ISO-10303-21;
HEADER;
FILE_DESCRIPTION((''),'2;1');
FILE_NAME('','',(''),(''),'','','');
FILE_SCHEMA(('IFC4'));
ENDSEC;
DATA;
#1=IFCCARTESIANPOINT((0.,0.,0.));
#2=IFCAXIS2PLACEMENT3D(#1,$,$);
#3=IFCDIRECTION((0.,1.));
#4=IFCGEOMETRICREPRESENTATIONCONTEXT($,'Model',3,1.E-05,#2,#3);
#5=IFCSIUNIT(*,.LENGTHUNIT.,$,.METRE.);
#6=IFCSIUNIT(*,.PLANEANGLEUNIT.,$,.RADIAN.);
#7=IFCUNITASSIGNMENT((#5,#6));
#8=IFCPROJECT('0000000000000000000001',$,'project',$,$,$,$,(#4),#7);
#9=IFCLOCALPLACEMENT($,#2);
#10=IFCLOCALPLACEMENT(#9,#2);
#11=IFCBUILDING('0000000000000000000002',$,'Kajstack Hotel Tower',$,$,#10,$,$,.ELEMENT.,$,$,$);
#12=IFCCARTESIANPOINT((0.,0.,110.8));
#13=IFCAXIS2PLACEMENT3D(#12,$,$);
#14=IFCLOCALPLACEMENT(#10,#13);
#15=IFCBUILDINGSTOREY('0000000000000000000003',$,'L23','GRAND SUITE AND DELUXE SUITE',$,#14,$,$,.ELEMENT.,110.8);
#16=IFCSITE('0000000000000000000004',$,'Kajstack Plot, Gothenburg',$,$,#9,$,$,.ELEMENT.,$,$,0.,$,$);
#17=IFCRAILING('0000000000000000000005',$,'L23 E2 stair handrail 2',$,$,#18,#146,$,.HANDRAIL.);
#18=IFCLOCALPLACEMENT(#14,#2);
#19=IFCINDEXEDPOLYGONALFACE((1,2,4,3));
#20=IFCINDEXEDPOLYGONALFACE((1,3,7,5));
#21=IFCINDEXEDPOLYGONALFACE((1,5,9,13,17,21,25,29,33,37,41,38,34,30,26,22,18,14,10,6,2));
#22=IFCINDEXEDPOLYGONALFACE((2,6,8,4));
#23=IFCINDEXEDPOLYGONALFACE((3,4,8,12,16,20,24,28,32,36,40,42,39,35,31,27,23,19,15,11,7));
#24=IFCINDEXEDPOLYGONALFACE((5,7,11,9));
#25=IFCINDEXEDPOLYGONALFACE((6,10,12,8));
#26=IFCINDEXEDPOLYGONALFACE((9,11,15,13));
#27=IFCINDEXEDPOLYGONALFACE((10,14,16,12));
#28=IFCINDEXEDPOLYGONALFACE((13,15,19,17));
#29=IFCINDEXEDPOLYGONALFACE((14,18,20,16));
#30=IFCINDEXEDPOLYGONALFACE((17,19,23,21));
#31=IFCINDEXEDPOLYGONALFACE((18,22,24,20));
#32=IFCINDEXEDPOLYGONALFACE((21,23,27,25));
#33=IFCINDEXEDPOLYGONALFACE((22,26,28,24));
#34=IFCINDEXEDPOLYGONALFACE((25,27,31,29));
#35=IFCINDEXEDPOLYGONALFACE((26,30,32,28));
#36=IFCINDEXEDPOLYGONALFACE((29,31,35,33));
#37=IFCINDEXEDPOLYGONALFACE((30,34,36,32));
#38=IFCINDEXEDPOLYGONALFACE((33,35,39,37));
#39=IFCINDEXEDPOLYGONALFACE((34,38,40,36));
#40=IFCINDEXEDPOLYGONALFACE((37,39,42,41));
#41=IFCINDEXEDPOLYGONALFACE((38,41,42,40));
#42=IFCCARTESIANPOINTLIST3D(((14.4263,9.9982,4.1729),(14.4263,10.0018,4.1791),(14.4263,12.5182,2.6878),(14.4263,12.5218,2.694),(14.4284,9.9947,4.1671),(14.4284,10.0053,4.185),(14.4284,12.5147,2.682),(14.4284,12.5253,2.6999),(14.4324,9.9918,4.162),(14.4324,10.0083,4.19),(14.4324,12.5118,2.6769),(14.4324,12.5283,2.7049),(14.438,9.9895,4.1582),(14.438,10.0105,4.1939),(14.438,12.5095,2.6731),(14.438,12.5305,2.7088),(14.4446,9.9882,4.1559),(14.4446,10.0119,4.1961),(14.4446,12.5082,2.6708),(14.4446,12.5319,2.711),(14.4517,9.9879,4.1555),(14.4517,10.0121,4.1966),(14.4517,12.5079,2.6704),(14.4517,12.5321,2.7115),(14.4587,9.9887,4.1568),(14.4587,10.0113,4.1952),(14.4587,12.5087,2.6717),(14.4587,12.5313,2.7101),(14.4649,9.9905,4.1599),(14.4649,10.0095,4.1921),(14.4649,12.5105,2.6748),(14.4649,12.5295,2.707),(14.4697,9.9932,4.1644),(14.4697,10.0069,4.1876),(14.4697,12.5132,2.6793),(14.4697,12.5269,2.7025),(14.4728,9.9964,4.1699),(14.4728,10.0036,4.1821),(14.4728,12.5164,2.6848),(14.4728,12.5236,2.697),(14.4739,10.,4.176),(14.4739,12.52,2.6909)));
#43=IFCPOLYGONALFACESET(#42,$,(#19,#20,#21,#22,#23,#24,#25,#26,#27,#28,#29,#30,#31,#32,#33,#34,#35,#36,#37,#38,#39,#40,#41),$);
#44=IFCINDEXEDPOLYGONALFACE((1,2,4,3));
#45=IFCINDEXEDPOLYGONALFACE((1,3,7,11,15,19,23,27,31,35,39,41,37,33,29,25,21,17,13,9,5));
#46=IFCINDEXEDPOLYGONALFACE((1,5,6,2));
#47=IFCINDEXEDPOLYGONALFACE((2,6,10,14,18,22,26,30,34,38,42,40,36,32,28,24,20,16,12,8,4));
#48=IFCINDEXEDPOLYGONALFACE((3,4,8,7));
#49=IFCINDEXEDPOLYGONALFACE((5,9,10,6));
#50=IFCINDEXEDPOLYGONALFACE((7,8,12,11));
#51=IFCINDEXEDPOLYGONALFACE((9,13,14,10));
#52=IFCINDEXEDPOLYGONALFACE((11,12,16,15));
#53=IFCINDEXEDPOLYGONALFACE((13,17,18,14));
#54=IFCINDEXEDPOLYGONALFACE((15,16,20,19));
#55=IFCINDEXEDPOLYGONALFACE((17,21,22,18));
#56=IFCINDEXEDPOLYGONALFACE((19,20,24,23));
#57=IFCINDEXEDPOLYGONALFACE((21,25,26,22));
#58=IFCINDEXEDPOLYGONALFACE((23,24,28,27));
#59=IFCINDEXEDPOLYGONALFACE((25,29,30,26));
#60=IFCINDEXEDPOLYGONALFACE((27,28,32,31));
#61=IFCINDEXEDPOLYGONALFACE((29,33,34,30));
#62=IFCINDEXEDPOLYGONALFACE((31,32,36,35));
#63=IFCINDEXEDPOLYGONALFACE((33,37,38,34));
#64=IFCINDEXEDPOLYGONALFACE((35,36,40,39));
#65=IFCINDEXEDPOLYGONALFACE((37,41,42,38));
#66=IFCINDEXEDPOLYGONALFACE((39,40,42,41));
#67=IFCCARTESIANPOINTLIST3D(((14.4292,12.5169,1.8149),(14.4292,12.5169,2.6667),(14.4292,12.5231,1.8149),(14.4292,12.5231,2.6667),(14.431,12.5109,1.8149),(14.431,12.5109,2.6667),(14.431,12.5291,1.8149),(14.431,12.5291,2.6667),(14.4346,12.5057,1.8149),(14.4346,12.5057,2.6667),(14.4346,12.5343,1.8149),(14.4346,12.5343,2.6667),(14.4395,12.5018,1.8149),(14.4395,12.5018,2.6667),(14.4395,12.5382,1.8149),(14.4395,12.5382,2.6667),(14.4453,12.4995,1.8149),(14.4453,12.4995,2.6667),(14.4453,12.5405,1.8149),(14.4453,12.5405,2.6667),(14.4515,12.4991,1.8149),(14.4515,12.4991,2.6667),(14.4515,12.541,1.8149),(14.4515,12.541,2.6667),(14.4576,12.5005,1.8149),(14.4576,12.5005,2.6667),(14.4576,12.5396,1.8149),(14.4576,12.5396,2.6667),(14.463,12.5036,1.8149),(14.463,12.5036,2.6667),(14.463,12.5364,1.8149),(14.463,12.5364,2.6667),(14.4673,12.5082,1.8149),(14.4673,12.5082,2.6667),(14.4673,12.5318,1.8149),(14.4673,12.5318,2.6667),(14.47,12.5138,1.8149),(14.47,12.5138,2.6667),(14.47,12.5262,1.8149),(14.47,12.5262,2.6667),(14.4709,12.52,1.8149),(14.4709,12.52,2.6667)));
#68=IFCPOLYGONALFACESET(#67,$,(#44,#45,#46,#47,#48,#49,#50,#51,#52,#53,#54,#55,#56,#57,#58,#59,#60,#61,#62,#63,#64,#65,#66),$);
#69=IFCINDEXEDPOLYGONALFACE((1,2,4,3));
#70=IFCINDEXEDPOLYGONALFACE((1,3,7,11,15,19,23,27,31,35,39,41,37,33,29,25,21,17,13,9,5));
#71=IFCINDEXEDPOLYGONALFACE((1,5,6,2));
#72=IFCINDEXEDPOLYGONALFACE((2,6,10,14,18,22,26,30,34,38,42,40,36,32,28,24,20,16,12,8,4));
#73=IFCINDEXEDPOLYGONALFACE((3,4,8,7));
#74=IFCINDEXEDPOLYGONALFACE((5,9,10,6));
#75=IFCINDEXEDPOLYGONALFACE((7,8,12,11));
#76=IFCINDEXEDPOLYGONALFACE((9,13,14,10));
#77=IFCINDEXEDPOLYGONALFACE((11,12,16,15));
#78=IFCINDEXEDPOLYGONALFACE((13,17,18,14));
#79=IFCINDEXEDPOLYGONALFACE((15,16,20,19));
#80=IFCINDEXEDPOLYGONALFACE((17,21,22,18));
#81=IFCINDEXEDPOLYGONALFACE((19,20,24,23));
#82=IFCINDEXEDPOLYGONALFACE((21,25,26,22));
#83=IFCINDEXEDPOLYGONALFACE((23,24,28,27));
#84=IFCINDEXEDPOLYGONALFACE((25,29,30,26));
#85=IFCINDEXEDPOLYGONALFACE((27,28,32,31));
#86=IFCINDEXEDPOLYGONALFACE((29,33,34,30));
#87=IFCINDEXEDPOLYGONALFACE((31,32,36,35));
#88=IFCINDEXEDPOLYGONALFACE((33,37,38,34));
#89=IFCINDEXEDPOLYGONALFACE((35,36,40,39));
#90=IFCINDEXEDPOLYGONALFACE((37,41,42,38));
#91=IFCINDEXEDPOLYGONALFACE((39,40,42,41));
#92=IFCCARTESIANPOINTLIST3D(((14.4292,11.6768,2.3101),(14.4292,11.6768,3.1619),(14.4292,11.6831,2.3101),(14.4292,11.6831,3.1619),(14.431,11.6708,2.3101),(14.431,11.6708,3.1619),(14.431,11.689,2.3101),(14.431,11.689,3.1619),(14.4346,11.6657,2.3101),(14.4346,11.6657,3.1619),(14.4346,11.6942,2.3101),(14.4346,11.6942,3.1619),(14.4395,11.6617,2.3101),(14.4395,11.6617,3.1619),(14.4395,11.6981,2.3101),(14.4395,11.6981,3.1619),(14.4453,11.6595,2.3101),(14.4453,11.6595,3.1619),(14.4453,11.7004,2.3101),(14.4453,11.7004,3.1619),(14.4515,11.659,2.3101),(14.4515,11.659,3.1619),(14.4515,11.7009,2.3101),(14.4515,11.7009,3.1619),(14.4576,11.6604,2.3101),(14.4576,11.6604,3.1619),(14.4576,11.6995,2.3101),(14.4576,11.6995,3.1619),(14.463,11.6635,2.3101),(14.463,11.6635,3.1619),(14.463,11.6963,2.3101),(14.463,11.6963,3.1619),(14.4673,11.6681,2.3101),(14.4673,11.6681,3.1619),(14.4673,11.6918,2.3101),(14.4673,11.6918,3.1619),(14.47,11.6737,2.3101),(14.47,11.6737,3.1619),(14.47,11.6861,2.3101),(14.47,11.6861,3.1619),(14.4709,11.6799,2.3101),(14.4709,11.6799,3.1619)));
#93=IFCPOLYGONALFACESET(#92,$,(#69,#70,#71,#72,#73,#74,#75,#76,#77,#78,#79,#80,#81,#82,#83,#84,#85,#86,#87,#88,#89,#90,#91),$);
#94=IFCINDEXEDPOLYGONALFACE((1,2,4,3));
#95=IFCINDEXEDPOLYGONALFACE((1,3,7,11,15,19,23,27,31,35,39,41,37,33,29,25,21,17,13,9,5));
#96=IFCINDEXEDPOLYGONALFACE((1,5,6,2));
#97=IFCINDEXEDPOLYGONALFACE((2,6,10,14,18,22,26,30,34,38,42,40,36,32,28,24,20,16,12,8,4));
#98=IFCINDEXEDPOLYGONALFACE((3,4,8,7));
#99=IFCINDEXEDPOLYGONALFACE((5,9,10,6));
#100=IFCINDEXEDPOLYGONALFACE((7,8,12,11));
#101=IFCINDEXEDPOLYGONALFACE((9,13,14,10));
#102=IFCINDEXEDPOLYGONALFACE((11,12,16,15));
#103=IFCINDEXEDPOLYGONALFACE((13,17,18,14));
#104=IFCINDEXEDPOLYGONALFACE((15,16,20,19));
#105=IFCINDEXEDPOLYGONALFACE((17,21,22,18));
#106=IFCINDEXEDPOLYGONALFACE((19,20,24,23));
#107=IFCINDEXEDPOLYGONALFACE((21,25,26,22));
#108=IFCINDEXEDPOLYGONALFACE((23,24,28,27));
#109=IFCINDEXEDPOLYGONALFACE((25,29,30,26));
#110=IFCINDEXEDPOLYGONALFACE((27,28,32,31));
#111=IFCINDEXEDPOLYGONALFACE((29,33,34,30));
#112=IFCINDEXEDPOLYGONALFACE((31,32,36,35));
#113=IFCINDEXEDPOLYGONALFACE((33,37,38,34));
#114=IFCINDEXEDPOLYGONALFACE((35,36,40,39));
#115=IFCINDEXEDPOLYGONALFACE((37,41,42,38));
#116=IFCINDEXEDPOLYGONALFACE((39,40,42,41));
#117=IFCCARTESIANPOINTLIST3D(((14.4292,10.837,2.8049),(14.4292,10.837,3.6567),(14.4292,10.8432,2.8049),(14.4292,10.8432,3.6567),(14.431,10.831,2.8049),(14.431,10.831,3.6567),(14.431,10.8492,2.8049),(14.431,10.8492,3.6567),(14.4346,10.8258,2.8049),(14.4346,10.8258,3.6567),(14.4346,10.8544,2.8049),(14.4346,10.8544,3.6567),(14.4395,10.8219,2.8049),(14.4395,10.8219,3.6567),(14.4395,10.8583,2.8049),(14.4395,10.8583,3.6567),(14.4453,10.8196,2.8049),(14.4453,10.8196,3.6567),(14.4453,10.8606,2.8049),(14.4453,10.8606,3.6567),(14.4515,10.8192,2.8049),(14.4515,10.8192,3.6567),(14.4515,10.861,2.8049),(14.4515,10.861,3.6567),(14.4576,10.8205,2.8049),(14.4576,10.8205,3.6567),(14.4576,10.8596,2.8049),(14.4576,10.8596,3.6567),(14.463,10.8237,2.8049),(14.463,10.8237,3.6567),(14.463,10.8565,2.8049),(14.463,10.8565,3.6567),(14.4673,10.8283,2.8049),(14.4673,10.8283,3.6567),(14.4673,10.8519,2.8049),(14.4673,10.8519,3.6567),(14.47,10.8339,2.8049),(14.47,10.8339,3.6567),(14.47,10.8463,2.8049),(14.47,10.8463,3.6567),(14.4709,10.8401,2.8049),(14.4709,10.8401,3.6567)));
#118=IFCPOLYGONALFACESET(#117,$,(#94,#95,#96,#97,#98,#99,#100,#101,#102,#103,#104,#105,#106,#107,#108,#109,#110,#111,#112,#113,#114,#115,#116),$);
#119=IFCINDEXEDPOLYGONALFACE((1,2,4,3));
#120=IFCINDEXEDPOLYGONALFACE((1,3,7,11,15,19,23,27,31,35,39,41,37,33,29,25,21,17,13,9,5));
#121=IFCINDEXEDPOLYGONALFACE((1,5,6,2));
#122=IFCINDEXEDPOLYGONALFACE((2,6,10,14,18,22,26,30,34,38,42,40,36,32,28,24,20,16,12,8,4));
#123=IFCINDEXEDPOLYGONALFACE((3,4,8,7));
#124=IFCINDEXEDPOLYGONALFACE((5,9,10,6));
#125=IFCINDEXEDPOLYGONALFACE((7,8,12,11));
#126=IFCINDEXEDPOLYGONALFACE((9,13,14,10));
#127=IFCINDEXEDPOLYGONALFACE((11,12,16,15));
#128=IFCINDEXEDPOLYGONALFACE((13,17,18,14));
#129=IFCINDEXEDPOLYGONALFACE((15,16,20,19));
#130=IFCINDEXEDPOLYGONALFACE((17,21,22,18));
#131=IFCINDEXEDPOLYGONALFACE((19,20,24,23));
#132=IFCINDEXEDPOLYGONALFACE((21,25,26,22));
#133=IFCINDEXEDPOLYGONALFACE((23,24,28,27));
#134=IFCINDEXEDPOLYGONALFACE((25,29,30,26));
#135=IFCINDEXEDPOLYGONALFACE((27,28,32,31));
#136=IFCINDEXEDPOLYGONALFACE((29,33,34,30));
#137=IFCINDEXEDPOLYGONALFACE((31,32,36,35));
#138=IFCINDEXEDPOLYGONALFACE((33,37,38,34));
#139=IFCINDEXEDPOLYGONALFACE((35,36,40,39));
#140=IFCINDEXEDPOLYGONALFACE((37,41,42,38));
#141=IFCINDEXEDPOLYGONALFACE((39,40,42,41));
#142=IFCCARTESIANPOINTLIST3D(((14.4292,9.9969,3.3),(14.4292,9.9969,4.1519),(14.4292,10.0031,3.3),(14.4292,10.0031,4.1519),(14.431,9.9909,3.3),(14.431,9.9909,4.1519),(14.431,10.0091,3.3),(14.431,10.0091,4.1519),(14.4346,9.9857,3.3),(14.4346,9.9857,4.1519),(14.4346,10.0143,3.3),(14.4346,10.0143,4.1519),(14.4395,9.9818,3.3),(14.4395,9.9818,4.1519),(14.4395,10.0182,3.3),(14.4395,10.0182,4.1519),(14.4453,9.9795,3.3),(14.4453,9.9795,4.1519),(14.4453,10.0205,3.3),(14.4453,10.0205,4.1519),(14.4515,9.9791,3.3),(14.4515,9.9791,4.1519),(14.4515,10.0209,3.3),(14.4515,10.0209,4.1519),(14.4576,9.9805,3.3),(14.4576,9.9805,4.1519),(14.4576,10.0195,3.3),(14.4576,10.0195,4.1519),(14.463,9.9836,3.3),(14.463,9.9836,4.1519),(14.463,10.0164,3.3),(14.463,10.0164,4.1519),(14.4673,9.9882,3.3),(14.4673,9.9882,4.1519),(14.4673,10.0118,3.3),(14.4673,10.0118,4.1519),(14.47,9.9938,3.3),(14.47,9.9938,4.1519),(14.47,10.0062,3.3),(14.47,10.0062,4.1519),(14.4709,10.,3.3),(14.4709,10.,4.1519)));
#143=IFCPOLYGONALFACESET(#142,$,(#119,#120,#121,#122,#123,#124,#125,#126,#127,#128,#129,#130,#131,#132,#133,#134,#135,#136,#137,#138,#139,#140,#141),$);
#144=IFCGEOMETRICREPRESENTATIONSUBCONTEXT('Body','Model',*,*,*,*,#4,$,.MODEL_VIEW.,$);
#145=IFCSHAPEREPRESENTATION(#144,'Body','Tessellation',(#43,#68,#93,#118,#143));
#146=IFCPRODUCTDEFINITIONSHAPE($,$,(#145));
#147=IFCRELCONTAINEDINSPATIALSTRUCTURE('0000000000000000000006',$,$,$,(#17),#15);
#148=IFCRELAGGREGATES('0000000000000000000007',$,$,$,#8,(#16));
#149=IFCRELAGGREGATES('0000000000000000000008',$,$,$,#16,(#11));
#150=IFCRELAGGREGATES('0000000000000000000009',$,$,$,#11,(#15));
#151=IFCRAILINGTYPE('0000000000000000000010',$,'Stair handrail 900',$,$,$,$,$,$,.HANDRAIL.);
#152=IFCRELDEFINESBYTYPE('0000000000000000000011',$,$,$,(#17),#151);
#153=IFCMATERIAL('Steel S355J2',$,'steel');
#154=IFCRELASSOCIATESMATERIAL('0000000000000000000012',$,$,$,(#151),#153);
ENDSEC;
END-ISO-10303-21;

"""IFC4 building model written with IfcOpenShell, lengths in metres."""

from ifc_helpers import new_model, si_unit, direction, frame, origin, origin_2d, place, context, subcontext, project, spatial, circle, extrude, material, type_object, element, save


model = new_model("IFC4")

# Units and contexts
model_context = context("Model", 3, precision=1e-05, world=origin(), true_north=direction((0.0, 1.0)))
body_context = subcontext(model_context, "Body", "Model", "MODEL_VIEW")
ifc_project = project(units=[si_unit("LENGTHUNIT", "METRE"), si_unit("PLANEANGLEUNIT", "RADIAN")], contexts=[model_context])

# Site, building, storey
site_placement = place(None, origin())
site = spatial("IfcSite", under=ifc_project, at=site_placement, Name="Kajstack Plot, Gothenburg", CompositionType="ELEMENT", RefElevation=0.0)
building_placement = place(site_placement, origin())
building = spatial("IfcBuilding", under=site, at=building_placement, Name="Kajstack Hotel Tower", CompositionType="ELEMENT")
storey_placement = place(building_placement, frame((0.0, 0.0, 110.8)))
storey = spatial("IfcBuildingStorey", under=building, at=storey_placement, Name="L23", Description="GRAND SUITE AND DELUXE SUITE", CompositionType="ELEMENT", Elevation=110.8)

# Railing
ifc_material_1 = material(Name="Steel S355J2", Category="steel")
railing_type_1 = type_object("IfcRailingType", Name="Stair handrail 900", PredefinedType="HANDRAIL", material=ifc_material_1)
railing_1_placement = place(storey_placement, frame((14.45, 12.52, 1.8149)))
element("IfcRailing", 1, at=railing_1_placement, inside=storey, type_object=railing_type_1, Name="L23 E2 stair handrail 2", PredefinedType="HANDRAIL", context=body_context, shape_type="SweptSolid", body=[
    extrude(circle(Radius=0.0239, at=origin_2d()), frame((0.0, 0.0, 0.876), z_axis=(0.0, -0.861524, 0.507717), x_axis=(1.0, 0.0, 0.0)), (0.0, 0.0, 1.0), 2.925),
    extrude(circle(Radius=0.021, at=origin_2d()), origin(), (0.0, 0.0, 1.0), 0.8518),
    extrude(circle(Radius=0.021, at=origin_2d()), frame((0.0, -0.8401, 0.4951)), (0.0, 0.0, 1.0), 0.8518),
    extrude(circle(Radius=0.021, at=origin_2d()), frame((0.0, -1.6799, 0.99)), (0.0, 0.0, 1.0), 0.8518),
    extrude(circle(Radius=0.021, at=origin_2d()), frame((0.0, -2.52, 1.4851)), (0.0, 0.0, 1.0), 0.8518),
])

save(model, "model.ifc")
